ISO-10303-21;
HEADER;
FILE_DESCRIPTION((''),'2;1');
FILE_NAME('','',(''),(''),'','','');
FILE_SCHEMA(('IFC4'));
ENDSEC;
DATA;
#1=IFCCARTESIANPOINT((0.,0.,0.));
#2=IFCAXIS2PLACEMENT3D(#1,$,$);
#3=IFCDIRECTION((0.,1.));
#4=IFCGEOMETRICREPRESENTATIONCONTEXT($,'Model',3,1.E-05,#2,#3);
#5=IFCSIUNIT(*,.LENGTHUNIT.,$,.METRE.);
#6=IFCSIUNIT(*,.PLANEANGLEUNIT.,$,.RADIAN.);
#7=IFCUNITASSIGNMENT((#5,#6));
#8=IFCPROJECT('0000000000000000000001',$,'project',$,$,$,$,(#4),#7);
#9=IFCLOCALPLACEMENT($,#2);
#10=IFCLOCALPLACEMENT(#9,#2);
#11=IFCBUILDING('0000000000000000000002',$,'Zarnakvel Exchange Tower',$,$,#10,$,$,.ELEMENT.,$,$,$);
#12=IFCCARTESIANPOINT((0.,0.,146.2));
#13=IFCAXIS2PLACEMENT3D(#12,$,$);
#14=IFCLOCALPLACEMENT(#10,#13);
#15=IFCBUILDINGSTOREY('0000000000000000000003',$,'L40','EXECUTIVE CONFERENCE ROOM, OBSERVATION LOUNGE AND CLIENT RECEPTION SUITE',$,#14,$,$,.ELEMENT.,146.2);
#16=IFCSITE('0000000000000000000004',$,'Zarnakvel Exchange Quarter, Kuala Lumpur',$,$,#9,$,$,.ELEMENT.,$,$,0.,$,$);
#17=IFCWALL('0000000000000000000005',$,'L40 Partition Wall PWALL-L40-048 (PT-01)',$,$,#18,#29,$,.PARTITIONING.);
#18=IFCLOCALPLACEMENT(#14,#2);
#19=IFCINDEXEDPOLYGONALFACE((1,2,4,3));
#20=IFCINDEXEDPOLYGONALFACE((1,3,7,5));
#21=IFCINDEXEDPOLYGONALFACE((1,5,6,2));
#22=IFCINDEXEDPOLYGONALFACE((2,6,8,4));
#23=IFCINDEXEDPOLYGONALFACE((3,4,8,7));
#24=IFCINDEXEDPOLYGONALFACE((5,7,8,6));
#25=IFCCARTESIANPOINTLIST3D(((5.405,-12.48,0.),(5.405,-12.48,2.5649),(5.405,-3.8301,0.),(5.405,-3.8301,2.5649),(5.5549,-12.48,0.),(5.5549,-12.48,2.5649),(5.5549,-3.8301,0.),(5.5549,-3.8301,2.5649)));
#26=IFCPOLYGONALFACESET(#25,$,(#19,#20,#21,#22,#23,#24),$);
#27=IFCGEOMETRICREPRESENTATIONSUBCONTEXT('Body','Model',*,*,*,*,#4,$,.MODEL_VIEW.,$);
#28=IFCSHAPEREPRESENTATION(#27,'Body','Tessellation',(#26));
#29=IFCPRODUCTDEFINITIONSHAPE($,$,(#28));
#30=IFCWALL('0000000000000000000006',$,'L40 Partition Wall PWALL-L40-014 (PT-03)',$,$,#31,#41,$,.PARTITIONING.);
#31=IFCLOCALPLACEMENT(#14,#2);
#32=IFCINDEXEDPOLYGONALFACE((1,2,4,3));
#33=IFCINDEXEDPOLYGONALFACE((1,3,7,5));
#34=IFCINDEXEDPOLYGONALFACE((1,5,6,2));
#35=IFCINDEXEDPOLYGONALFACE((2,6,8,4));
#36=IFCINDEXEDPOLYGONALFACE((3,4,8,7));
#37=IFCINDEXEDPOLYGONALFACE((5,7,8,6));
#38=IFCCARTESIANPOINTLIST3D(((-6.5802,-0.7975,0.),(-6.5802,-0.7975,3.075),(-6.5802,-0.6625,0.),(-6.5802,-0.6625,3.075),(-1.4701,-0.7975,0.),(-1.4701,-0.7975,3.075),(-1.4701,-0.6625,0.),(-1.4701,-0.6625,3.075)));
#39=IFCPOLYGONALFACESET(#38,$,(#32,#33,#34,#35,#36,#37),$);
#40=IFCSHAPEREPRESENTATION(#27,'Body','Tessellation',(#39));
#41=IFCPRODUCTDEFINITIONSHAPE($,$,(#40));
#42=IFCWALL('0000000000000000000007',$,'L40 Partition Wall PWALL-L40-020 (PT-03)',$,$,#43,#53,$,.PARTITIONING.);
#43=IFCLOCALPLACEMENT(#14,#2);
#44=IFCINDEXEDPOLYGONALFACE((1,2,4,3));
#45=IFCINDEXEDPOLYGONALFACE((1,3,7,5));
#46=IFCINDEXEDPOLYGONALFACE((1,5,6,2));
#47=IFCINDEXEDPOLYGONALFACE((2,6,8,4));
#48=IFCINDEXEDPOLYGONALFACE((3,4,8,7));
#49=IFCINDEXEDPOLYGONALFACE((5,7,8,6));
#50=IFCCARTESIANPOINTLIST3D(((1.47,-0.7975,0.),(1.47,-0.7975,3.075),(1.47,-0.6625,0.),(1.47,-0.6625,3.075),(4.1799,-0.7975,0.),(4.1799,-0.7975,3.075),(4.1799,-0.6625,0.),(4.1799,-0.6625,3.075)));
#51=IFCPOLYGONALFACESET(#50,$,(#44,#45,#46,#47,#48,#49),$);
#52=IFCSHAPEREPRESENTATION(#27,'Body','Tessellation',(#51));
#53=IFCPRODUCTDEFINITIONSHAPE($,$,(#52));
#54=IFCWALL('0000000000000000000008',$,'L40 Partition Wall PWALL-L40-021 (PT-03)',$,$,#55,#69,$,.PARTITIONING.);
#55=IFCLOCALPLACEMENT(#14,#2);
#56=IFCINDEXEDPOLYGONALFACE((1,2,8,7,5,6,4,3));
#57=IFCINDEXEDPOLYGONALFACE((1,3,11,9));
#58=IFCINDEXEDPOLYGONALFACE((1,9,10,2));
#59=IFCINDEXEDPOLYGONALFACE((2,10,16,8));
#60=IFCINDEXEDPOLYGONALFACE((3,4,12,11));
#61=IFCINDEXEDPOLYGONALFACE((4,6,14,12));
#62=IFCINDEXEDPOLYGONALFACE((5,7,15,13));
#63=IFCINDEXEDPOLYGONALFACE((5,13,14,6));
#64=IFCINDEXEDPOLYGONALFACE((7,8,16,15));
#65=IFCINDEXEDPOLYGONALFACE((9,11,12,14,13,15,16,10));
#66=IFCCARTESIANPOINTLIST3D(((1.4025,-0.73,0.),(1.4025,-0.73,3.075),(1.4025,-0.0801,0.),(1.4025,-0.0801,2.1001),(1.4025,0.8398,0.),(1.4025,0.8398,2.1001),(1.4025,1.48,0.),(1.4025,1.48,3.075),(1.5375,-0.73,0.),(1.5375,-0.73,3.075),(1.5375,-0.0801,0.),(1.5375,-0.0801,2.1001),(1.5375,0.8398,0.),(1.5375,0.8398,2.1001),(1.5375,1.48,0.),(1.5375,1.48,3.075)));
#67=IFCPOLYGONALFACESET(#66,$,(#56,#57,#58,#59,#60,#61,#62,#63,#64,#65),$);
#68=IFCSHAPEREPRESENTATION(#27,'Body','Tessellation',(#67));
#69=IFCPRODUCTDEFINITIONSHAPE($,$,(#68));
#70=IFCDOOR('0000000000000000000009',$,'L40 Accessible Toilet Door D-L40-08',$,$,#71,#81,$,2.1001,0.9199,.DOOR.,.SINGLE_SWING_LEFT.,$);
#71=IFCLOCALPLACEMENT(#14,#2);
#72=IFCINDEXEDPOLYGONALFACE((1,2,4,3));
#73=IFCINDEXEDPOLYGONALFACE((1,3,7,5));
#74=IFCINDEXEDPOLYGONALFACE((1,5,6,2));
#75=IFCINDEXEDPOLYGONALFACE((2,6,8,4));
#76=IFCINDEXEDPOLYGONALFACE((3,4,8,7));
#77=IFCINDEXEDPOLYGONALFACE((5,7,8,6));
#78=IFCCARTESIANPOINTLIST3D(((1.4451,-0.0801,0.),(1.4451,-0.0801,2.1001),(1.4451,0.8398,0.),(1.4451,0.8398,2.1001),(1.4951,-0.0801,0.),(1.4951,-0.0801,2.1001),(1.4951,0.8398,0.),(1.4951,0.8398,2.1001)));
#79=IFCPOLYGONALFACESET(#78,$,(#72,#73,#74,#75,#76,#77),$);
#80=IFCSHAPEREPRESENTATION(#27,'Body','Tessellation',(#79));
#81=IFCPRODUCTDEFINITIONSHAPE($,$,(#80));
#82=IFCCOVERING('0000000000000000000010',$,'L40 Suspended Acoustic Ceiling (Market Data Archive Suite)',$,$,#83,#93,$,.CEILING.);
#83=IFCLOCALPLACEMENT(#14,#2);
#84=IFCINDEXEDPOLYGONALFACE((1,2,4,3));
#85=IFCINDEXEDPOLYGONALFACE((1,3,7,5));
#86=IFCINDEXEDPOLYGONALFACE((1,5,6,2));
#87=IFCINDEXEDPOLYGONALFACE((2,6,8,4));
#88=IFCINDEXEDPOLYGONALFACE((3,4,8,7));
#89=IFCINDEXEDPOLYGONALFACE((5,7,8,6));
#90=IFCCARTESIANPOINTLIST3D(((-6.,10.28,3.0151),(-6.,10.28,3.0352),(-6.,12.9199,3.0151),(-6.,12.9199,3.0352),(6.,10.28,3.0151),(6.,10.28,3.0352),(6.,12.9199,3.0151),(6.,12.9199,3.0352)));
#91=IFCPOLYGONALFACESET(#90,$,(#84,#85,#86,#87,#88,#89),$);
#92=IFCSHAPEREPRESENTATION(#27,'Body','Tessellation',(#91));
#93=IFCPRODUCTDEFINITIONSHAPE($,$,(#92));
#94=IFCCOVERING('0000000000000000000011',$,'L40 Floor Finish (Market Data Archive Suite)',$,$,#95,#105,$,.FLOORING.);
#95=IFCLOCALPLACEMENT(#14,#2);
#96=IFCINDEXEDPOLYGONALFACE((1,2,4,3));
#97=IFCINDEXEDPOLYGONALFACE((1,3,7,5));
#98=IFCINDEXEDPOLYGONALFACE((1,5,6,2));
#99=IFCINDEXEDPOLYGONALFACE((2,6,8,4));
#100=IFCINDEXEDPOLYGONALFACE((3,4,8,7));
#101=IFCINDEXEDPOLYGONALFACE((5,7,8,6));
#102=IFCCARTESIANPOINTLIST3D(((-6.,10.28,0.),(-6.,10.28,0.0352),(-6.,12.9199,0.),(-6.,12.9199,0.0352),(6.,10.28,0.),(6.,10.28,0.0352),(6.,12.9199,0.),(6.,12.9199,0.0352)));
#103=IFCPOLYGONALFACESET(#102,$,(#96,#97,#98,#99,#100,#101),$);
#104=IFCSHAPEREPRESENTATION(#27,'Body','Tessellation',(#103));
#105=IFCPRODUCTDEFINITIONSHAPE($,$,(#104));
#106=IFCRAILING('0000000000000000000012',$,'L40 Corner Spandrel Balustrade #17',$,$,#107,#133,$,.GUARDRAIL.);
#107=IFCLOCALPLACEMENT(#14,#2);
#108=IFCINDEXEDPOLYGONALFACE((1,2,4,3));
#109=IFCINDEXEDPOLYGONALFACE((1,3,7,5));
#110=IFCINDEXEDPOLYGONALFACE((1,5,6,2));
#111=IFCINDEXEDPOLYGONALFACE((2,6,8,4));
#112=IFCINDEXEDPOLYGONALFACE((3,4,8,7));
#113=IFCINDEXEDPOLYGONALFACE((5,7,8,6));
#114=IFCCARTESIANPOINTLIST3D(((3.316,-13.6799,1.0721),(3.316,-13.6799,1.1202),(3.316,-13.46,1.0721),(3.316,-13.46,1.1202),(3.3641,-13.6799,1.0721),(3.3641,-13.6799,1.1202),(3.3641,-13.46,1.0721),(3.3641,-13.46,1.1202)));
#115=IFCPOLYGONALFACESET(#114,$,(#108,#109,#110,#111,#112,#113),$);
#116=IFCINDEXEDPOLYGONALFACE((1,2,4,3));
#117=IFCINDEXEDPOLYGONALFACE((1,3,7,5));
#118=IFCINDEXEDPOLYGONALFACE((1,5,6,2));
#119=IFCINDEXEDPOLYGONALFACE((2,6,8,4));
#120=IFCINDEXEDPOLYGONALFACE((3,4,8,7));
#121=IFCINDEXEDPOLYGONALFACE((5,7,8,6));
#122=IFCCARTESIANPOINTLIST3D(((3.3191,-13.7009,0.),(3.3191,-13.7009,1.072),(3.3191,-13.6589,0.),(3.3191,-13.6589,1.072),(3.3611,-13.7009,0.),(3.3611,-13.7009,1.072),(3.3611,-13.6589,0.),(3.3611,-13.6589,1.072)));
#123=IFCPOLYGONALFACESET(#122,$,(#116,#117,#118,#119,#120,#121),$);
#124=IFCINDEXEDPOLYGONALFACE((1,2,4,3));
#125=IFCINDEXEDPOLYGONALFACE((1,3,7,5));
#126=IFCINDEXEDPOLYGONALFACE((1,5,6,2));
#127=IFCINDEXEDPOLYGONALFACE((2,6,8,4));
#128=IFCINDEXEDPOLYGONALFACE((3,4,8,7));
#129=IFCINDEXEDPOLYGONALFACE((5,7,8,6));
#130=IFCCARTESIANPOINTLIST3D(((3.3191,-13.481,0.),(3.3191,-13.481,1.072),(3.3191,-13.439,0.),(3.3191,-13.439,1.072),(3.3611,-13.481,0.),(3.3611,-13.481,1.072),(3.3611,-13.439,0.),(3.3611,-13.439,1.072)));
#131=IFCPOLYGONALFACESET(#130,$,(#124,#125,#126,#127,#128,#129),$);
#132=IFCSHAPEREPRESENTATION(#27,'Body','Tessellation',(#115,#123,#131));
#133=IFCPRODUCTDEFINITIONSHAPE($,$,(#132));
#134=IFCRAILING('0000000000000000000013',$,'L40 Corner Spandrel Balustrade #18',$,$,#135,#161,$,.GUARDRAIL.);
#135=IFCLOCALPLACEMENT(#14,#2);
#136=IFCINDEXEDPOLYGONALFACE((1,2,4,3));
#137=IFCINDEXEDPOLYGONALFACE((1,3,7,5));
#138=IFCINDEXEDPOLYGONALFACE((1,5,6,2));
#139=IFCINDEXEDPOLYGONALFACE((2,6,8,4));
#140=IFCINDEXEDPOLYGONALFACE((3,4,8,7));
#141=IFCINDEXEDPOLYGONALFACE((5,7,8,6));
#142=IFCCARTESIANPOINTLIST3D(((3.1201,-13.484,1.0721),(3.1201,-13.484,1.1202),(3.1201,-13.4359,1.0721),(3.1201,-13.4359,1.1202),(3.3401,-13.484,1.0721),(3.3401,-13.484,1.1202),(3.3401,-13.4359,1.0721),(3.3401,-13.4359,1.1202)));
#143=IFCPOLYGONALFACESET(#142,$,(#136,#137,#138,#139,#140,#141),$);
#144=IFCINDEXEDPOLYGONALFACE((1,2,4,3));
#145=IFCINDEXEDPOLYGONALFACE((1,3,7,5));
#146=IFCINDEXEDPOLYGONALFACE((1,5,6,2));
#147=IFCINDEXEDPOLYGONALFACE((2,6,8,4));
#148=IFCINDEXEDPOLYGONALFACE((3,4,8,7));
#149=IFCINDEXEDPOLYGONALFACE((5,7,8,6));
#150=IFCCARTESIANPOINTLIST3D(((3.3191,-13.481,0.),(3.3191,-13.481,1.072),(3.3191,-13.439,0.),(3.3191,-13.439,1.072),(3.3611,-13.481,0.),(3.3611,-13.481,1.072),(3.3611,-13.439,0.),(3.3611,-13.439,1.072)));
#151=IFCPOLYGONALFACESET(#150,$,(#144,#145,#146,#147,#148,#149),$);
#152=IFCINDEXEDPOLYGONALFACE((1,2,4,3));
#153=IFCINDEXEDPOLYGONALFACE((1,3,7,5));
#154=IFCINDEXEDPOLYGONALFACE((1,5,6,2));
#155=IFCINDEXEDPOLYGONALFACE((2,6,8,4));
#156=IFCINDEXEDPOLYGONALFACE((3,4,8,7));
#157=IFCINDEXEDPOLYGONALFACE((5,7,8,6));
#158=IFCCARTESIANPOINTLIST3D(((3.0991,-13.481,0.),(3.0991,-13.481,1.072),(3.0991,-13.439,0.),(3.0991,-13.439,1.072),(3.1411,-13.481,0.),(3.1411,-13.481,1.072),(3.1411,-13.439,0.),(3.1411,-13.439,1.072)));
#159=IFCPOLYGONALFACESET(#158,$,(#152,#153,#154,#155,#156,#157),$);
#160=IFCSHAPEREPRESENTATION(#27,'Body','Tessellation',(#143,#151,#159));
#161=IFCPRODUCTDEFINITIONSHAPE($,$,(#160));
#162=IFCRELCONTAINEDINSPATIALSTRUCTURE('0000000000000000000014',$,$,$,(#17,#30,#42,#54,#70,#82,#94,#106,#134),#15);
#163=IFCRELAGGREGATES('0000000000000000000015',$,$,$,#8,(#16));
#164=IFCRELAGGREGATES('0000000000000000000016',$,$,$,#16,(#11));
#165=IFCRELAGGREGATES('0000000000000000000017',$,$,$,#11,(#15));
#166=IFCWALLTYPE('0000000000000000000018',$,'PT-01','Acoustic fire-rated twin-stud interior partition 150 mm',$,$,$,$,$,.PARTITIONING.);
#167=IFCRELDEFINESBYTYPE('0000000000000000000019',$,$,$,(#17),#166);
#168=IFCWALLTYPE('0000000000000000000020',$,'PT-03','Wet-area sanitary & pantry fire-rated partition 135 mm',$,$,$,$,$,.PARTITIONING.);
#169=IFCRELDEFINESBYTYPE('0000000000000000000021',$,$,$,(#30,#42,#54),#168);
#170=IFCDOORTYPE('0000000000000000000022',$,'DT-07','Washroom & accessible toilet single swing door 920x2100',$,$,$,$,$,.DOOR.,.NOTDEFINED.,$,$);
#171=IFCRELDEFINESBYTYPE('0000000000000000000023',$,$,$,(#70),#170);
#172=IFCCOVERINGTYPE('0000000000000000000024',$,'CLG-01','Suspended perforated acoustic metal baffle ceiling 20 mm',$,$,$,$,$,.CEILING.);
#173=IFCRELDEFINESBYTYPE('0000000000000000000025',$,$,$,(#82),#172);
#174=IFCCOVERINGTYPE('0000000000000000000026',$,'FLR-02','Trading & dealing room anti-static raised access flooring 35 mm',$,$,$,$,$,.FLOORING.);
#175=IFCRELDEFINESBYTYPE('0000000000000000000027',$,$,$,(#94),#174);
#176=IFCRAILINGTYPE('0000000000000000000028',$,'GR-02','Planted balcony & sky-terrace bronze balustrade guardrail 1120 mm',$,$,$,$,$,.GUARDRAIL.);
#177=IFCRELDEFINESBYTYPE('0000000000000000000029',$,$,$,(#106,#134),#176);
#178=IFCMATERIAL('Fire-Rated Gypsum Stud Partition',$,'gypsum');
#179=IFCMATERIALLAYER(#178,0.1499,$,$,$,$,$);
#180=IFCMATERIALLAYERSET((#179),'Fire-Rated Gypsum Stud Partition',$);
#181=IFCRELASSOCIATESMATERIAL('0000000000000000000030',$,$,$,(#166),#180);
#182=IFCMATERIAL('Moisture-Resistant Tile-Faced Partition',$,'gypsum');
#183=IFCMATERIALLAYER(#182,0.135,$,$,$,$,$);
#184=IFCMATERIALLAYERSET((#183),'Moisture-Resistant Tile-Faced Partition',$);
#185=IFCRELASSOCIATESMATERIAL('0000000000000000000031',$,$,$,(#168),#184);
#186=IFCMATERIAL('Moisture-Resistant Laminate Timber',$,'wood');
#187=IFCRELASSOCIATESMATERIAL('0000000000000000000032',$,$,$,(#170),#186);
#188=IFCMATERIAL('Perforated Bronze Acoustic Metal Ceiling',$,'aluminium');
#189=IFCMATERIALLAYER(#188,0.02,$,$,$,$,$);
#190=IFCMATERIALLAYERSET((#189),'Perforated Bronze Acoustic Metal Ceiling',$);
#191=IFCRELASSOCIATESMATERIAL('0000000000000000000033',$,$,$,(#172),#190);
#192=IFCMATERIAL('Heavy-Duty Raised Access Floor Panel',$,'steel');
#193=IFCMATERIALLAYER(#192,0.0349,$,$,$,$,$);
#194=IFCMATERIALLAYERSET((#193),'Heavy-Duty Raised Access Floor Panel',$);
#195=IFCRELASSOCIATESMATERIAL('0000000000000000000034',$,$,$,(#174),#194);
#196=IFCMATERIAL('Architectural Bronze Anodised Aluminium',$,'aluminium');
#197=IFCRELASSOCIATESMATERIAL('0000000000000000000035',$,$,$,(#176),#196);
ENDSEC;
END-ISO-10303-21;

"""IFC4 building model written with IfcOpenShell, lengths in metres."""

from ifc_helpers import new_model, si_unit, direction, frame, frame_2d, origin, origin_2d, place, context, subcontext, project, spatial, polyline, rectangle, outline, extrude, source, transform, mapped, material, layer, layer_set, type_object, element, fill, save


model = new_model("IFC4")

# Units and contexts
model_context = context("Model", 3, precision=1e-05, world=origin(), true_north=direction((0.0, 1.0)))
body_context = subcontext(model_context, "Body", "Model", "MODEL_VIEW")
ifc_project = project(units=[si_unit("LENGTHUNIT", "METRE"), si_unit("PLANEANGLEUNIT", "RADIAN")], contexts=[model_context])

# Site, building, storey
site_placement = place(None, origin())
site = spatial("IfcSite", under=ifc_project, at=site_placement, Name="Zarnakvel Exchange Quarter, Kuala Lumpur", CompositionType="ELEMENT", RefElevation=0.0)
building_placement = place(site_placement, origin())
building = spatial("IfcBuilding", under=site, at=building_placement, Name="Zarnakvel Exchange Tower", CompositionType="ELEMENT")
storey_placement = place(building_placement, frame((0.0, 0.0, 146.2)))
storey = spatial("IfcBuildingStorey", under=building, at=storey_placement, Name="L40", Description="EXECUTIVE CONFERENCE ROOM, OBSERVATION LOUNGE AND CLIENT RECEPTION SUITE", CompositionType="ELEMENT", Elevation=146.2)

# Shared definitions
ifc_material_1 = material(Name="Fire-Rated Gypsum Stud Partition", Category="gypsum")
ifc_layer_1 = layer(ifc_material_1, 0.1499)
ifc_layer_set_1 = layer_set([ifc_layer_1], Name="Fire-Rated Gypsum Stud Partition")
wall_type_1 = type_object("IfcWallType", Name="PT-01", Description="Acoustic fire-rated twin-stud interior partition 150 mm", PredefinedType="PARTITIONING", material=ifc_layer_set_1)

# Walls
wall_1_placement = place(storey_placement, frame((5.48, -3.8301, 0.0), z_axis=(0.0, 0.0, 1.0), x_axis=(0.0, -1.0, 0.0)))
element("IfcWall", 1, at=wall_1_placement, inside=storey, type_object=wall_type_1, Name="L40 Partition Wall PWALL-L40-048 (PT-01)", PredefinedType="PARTITIONING", context=body_context, shape_type="SweptSolid", body=[
    extrude(rectangle(XDim=8.6499, YDim=0.1499, at=frame_2d((4.325, 0.0))), origin(), (0.0, 0.0, 1.0), 2.5649),
])
ifc_material_2 = material(Name="Moisture-Resistant Tile-Faced Partition", Category="gypsum")
ifc_layer_2 = layer(ifc_material_2, 0.135)
ifc_layer_set_2 = layer_set([ifc_layer_2], Name="Moisture-Resistant Tile-Faced Partition")
wall_type_2 = type_object("IfcWallType", Name="PT-03", Description="Wet-area sanitary & pantry fire-rated partition 135 mm", PredefinedType="PARTITIONING", material=ifc_layer_set_2)
wall_2_placement = place(storey_placement, frame((-1.47, -0.73, 0.0), z_axis=(0.0, 0.0, 1.0), x_axis=(-1.0, 0.0, 0.0)))
element("IfcWall", 2, at=wall_2_placement, inside=storey, type_object=wall_type_2, Name="L40 Partition Wall PWALL-L40-014 (PT-03)", PredefinedType="PARTITIONING", context=body_context, shape_type="SweptSolid", body=[
    extrude(rectangle(XDim=5.1101, YDim=0.135, at=frame_2d((2.5552, 0.0))), origin(), (0.0, 0.0, 1.0), 3.075),
])
wall_3_placement = place(storey_placement, frame((4.1799, -0.73, 0.0), z_axis=(0.0, 0.0, 1.0), x_axis=(-1.0, 0.0, 0.0)))
element("IfcWall", 3, at=wall_3_placement, inside=storey, type_object=wall_type_2, Name="L40 Partition Wall PWALL-L40-020 (PT-03)", PredefinedType="PARTITIONING", context=body_context, shape_type="SweptSolid", body=[
    extrude(rectangle(XDim=2.71, YDim=0.135, at=frame_2d((1.355, 0.0))), origin(), (0.0, 0.0, 1.0), 3.075),
])

# Wall, opening, door
wall_4_placement = place(storey_placement, frame((1.47, -0.73, 0.0), z_axis=(0.0, 0.0, 1.0), x_axis=(0.0, 1.0, 0.0)))
wall_4 = element("IfcWall", 4, at=wall_4_placement, inside=storey, type_object=wall_type_2, Name="L40 Partition Wall PWALL-L40-021 (PT-03)", PredefinedType="PARTITIONING", context=body_context, shape_type="SweptSolid", body=[
    extrude(rectangle(XDim=2.21, YDim=0.135, at=frame_2d((1.105, 0.0))), origin(), (0.0, 0.0, 1.0), 3.075),
])
opening_1_placement = place(wall_4_placement, frame((0.6499, 0.0, 0.0)))
opening_1 = element("IfcOpeningElement", 5, at=opening_1_placement, cuts=wall_4, PredefinedType="OPENING", context=body_context, shape_type="SweptSolid", body=[
    extrude(rectangle(XDim=0.9199, YDim=2.1001, at=frame_2d((0.46, 1.05))), frame((0.0, 0.0774, 0.0), z_axis=(0.0, -1.0, 0.0), x_axis=(1.0, 0.0, 0.0)), (0.0, 0.0, 1.0), 0.155),
])
ifc_material_3 = material(Name="Moisture-Resistant Laminate Timber", Category="wood")
door_type_1 = type_object("IfcDoorType", Name="DT-07", Description="Washroom & accessible toilet single swing door 920x2100", OperationType="NOTDEFINED", PredefinedType="DOOR", material=ifc_material_3)
shared_shape_1 = source(origin(), body_context, "Body", "SweptSolid", [
    extrude(rectangle(XDim=0.9199, YDim=2.1001, at=frame_2d((0.46, 1.05))), frame((0.0, 0.0249, 0.0), z_axis=(0.0, -1.0, 0.0), x_axis=(1.0, 0.0, 0.0)), (0.0, 0.0, 1.0), 0.05),
])
door_1_placement = place(opening_1_placement, origin())
door_1 = element("IfcDoor", 6, at=door_1_placement, inside=storey, type_object=door_type_1, Name="L40 Accessible Toilet Door D-L40-08", OperationType="SINGLE_SWING_LEFT", OverallHeight=2.1001, OverallWidth=0.9199, PredefinedType="DOOR", context=body_context, shape_type="MappedRepresentation", body=[
    mapped(shared_shape_1, transform((0.0, 0.0, 0.0), x_axis=(1.0, 0.0, 0.0), y_axis=(0.0, 1.0, 0.0), z_axis=(0.0, 0.0, 1.0), scale=1.0)),
])
fill(opening_1, door_1)

# Coverings
ifc_material_4 = material(Name="Perforated Bronze Acoustic Metal Ceiling", Category="aluminium")
ifc_layer_3 = layer(ifc_material_4, 0.02)
ifc_layer_set_3 = layer_set([ifc_layer_3], Name="Perforated Bronze Acoustic Metal Ceiling")
covering_type_1 = type_object("IfcCoveringType", Name="CLG-01", Description="Suspended perforated acoustic metal baffle ceiling 20 mm", PredefinedType="CEILING", material=ifc_layer_set_3)
covering_1_placement = place(storey_placement, frame((0.0, 0.0, 3.0151)))
element("IfcCovering", 7, at=covering_1_placement, inside=storey, type_object=covering_type_1, Name="L40 Suspended Acoustic Ceiling (Market Data Archive Suite)", PredefinedType="CEILING", context=body_context, shape_type="SweptSolid", body=[
    extrude(outline(polyline([(-6.0, 12.9199), (6.0, 12.9199), (6.0, 10.28), (-6.0, 10.28), (-6.0, 12.9199)])), origin(), (0.0, 0.0, 1.0), 0.02),
])
ifc_material_5 = material(Name="Heavy-Duty Raised Access Floor Panel", Category="steel")
ifc_layer_4 = layer(ifc_material_5, 0.0349)
ifc_layer_set_4 = layer_set([ifc_layer_4], Name="Heavy-Duty Raised Access Floor Panel")
covering_type_2 = type_object("IfcCoveringType", Name="FLR-02", Description="Trading & dealing room anti-static raised access flooring 35 mm", PredefinedType="FLOORING", material=ifc_layer_set_4)
covering_2_placement = place(storey_placement, origin())
element("IfcCovering", 8, at=covering_2_placement, inside=storey, type_object=covering_type_2, Name="L40 Floor Finish (Market Data Archive Suite)", PredefinedType="FLOORING", context=body_context, shape_type="SweptSolid", body=[
    extrude(outline(polyline([(-6.0, 12.9199), (6.0, 12.9199), (6.0, 10.28), (-6.0, 10.28), (-6.0, 12.9199)])), origin(), (0.0, 0.0, 1.0), 0.0352),
])

# Railings
ifc_material_6 = material(Name="Architectural Bronze Anodised Aluminium", Category="aluminium")
railing_type = type_object("IfcRailingType", Name="GR-02", Description="Planted balcony & sky-terrace bronze balustrade guardrail 1120 mm", PredefinedType="GUARDRAIL", material=ifc_material_6)
railing_1_placement = place(storey_placement, frame((3.3401, -13.6799, 0.0)))
element("IfcRailing", 9, at=railing_1_placement, inside=storey, type_object=railing_type, Name="L40 Corner Spandrel Balustrade #17", PredefinedType="GUARDRAIL", context=body_context, shape_type="SweptSolid", body=[
    extrude(rectangle(XDim=0.0481, YDim=0.0481, at=origin_2d()), frame((0.0, 0.0, 1.0962), z_axis=(0.0, 1.0, 0.0), x_axis=(-1.0, 0.0, 0.0)), (0.0, 0.0, 1.0), 0.22),
    extrude(rectangle(XDim=0.042, YDim=0.042, at=origin_2d()), origin(), (0.0, 0.0, 1.0), 1.072),
    extrude(rectangle(XDim=0.042, YDim=0.042, at=origin_2d()), frame((0.0, 0.22, 0.0)), (0.0, 0.0, 1.0), 1.072),
])
railing_2_placement = place(storey_placement, frame((3.3401, -13.46, 0.0)))
element("IfcRailing", 10, at=railing_2_placement, inside=storey, type_object=railing_type, Name="L40 Corner Spandrel Balustrade #18", PredefinedType="GUARDRAIL", context=body_context, shape_type="SweptSolid", body=[
    extrude(rectangle(XDim=0.0481, YDim=0.0481, at=origin_2d()), frame((0.0, 0.0, 1.0962), z_axis=(-1.0, 0.0, 0.0), x_axis=(0.0, -1.0, 0.0)), (0.0, 0.0, 1.0), 0.22),
    extrude(rectangle(XDim=0.042, YDim=0.042, at=origin_2d()), origin(), (0.0, 0.0, 1.0), 1.072),
    extrude(rectangle(XDim=0.042, YDim=0.042, at=origin_2d()), frame((-0.22, 0.0, 0.0)), (0.0, 0.0, 1.0), 1.072),
])

save(model, "model.ifc")
